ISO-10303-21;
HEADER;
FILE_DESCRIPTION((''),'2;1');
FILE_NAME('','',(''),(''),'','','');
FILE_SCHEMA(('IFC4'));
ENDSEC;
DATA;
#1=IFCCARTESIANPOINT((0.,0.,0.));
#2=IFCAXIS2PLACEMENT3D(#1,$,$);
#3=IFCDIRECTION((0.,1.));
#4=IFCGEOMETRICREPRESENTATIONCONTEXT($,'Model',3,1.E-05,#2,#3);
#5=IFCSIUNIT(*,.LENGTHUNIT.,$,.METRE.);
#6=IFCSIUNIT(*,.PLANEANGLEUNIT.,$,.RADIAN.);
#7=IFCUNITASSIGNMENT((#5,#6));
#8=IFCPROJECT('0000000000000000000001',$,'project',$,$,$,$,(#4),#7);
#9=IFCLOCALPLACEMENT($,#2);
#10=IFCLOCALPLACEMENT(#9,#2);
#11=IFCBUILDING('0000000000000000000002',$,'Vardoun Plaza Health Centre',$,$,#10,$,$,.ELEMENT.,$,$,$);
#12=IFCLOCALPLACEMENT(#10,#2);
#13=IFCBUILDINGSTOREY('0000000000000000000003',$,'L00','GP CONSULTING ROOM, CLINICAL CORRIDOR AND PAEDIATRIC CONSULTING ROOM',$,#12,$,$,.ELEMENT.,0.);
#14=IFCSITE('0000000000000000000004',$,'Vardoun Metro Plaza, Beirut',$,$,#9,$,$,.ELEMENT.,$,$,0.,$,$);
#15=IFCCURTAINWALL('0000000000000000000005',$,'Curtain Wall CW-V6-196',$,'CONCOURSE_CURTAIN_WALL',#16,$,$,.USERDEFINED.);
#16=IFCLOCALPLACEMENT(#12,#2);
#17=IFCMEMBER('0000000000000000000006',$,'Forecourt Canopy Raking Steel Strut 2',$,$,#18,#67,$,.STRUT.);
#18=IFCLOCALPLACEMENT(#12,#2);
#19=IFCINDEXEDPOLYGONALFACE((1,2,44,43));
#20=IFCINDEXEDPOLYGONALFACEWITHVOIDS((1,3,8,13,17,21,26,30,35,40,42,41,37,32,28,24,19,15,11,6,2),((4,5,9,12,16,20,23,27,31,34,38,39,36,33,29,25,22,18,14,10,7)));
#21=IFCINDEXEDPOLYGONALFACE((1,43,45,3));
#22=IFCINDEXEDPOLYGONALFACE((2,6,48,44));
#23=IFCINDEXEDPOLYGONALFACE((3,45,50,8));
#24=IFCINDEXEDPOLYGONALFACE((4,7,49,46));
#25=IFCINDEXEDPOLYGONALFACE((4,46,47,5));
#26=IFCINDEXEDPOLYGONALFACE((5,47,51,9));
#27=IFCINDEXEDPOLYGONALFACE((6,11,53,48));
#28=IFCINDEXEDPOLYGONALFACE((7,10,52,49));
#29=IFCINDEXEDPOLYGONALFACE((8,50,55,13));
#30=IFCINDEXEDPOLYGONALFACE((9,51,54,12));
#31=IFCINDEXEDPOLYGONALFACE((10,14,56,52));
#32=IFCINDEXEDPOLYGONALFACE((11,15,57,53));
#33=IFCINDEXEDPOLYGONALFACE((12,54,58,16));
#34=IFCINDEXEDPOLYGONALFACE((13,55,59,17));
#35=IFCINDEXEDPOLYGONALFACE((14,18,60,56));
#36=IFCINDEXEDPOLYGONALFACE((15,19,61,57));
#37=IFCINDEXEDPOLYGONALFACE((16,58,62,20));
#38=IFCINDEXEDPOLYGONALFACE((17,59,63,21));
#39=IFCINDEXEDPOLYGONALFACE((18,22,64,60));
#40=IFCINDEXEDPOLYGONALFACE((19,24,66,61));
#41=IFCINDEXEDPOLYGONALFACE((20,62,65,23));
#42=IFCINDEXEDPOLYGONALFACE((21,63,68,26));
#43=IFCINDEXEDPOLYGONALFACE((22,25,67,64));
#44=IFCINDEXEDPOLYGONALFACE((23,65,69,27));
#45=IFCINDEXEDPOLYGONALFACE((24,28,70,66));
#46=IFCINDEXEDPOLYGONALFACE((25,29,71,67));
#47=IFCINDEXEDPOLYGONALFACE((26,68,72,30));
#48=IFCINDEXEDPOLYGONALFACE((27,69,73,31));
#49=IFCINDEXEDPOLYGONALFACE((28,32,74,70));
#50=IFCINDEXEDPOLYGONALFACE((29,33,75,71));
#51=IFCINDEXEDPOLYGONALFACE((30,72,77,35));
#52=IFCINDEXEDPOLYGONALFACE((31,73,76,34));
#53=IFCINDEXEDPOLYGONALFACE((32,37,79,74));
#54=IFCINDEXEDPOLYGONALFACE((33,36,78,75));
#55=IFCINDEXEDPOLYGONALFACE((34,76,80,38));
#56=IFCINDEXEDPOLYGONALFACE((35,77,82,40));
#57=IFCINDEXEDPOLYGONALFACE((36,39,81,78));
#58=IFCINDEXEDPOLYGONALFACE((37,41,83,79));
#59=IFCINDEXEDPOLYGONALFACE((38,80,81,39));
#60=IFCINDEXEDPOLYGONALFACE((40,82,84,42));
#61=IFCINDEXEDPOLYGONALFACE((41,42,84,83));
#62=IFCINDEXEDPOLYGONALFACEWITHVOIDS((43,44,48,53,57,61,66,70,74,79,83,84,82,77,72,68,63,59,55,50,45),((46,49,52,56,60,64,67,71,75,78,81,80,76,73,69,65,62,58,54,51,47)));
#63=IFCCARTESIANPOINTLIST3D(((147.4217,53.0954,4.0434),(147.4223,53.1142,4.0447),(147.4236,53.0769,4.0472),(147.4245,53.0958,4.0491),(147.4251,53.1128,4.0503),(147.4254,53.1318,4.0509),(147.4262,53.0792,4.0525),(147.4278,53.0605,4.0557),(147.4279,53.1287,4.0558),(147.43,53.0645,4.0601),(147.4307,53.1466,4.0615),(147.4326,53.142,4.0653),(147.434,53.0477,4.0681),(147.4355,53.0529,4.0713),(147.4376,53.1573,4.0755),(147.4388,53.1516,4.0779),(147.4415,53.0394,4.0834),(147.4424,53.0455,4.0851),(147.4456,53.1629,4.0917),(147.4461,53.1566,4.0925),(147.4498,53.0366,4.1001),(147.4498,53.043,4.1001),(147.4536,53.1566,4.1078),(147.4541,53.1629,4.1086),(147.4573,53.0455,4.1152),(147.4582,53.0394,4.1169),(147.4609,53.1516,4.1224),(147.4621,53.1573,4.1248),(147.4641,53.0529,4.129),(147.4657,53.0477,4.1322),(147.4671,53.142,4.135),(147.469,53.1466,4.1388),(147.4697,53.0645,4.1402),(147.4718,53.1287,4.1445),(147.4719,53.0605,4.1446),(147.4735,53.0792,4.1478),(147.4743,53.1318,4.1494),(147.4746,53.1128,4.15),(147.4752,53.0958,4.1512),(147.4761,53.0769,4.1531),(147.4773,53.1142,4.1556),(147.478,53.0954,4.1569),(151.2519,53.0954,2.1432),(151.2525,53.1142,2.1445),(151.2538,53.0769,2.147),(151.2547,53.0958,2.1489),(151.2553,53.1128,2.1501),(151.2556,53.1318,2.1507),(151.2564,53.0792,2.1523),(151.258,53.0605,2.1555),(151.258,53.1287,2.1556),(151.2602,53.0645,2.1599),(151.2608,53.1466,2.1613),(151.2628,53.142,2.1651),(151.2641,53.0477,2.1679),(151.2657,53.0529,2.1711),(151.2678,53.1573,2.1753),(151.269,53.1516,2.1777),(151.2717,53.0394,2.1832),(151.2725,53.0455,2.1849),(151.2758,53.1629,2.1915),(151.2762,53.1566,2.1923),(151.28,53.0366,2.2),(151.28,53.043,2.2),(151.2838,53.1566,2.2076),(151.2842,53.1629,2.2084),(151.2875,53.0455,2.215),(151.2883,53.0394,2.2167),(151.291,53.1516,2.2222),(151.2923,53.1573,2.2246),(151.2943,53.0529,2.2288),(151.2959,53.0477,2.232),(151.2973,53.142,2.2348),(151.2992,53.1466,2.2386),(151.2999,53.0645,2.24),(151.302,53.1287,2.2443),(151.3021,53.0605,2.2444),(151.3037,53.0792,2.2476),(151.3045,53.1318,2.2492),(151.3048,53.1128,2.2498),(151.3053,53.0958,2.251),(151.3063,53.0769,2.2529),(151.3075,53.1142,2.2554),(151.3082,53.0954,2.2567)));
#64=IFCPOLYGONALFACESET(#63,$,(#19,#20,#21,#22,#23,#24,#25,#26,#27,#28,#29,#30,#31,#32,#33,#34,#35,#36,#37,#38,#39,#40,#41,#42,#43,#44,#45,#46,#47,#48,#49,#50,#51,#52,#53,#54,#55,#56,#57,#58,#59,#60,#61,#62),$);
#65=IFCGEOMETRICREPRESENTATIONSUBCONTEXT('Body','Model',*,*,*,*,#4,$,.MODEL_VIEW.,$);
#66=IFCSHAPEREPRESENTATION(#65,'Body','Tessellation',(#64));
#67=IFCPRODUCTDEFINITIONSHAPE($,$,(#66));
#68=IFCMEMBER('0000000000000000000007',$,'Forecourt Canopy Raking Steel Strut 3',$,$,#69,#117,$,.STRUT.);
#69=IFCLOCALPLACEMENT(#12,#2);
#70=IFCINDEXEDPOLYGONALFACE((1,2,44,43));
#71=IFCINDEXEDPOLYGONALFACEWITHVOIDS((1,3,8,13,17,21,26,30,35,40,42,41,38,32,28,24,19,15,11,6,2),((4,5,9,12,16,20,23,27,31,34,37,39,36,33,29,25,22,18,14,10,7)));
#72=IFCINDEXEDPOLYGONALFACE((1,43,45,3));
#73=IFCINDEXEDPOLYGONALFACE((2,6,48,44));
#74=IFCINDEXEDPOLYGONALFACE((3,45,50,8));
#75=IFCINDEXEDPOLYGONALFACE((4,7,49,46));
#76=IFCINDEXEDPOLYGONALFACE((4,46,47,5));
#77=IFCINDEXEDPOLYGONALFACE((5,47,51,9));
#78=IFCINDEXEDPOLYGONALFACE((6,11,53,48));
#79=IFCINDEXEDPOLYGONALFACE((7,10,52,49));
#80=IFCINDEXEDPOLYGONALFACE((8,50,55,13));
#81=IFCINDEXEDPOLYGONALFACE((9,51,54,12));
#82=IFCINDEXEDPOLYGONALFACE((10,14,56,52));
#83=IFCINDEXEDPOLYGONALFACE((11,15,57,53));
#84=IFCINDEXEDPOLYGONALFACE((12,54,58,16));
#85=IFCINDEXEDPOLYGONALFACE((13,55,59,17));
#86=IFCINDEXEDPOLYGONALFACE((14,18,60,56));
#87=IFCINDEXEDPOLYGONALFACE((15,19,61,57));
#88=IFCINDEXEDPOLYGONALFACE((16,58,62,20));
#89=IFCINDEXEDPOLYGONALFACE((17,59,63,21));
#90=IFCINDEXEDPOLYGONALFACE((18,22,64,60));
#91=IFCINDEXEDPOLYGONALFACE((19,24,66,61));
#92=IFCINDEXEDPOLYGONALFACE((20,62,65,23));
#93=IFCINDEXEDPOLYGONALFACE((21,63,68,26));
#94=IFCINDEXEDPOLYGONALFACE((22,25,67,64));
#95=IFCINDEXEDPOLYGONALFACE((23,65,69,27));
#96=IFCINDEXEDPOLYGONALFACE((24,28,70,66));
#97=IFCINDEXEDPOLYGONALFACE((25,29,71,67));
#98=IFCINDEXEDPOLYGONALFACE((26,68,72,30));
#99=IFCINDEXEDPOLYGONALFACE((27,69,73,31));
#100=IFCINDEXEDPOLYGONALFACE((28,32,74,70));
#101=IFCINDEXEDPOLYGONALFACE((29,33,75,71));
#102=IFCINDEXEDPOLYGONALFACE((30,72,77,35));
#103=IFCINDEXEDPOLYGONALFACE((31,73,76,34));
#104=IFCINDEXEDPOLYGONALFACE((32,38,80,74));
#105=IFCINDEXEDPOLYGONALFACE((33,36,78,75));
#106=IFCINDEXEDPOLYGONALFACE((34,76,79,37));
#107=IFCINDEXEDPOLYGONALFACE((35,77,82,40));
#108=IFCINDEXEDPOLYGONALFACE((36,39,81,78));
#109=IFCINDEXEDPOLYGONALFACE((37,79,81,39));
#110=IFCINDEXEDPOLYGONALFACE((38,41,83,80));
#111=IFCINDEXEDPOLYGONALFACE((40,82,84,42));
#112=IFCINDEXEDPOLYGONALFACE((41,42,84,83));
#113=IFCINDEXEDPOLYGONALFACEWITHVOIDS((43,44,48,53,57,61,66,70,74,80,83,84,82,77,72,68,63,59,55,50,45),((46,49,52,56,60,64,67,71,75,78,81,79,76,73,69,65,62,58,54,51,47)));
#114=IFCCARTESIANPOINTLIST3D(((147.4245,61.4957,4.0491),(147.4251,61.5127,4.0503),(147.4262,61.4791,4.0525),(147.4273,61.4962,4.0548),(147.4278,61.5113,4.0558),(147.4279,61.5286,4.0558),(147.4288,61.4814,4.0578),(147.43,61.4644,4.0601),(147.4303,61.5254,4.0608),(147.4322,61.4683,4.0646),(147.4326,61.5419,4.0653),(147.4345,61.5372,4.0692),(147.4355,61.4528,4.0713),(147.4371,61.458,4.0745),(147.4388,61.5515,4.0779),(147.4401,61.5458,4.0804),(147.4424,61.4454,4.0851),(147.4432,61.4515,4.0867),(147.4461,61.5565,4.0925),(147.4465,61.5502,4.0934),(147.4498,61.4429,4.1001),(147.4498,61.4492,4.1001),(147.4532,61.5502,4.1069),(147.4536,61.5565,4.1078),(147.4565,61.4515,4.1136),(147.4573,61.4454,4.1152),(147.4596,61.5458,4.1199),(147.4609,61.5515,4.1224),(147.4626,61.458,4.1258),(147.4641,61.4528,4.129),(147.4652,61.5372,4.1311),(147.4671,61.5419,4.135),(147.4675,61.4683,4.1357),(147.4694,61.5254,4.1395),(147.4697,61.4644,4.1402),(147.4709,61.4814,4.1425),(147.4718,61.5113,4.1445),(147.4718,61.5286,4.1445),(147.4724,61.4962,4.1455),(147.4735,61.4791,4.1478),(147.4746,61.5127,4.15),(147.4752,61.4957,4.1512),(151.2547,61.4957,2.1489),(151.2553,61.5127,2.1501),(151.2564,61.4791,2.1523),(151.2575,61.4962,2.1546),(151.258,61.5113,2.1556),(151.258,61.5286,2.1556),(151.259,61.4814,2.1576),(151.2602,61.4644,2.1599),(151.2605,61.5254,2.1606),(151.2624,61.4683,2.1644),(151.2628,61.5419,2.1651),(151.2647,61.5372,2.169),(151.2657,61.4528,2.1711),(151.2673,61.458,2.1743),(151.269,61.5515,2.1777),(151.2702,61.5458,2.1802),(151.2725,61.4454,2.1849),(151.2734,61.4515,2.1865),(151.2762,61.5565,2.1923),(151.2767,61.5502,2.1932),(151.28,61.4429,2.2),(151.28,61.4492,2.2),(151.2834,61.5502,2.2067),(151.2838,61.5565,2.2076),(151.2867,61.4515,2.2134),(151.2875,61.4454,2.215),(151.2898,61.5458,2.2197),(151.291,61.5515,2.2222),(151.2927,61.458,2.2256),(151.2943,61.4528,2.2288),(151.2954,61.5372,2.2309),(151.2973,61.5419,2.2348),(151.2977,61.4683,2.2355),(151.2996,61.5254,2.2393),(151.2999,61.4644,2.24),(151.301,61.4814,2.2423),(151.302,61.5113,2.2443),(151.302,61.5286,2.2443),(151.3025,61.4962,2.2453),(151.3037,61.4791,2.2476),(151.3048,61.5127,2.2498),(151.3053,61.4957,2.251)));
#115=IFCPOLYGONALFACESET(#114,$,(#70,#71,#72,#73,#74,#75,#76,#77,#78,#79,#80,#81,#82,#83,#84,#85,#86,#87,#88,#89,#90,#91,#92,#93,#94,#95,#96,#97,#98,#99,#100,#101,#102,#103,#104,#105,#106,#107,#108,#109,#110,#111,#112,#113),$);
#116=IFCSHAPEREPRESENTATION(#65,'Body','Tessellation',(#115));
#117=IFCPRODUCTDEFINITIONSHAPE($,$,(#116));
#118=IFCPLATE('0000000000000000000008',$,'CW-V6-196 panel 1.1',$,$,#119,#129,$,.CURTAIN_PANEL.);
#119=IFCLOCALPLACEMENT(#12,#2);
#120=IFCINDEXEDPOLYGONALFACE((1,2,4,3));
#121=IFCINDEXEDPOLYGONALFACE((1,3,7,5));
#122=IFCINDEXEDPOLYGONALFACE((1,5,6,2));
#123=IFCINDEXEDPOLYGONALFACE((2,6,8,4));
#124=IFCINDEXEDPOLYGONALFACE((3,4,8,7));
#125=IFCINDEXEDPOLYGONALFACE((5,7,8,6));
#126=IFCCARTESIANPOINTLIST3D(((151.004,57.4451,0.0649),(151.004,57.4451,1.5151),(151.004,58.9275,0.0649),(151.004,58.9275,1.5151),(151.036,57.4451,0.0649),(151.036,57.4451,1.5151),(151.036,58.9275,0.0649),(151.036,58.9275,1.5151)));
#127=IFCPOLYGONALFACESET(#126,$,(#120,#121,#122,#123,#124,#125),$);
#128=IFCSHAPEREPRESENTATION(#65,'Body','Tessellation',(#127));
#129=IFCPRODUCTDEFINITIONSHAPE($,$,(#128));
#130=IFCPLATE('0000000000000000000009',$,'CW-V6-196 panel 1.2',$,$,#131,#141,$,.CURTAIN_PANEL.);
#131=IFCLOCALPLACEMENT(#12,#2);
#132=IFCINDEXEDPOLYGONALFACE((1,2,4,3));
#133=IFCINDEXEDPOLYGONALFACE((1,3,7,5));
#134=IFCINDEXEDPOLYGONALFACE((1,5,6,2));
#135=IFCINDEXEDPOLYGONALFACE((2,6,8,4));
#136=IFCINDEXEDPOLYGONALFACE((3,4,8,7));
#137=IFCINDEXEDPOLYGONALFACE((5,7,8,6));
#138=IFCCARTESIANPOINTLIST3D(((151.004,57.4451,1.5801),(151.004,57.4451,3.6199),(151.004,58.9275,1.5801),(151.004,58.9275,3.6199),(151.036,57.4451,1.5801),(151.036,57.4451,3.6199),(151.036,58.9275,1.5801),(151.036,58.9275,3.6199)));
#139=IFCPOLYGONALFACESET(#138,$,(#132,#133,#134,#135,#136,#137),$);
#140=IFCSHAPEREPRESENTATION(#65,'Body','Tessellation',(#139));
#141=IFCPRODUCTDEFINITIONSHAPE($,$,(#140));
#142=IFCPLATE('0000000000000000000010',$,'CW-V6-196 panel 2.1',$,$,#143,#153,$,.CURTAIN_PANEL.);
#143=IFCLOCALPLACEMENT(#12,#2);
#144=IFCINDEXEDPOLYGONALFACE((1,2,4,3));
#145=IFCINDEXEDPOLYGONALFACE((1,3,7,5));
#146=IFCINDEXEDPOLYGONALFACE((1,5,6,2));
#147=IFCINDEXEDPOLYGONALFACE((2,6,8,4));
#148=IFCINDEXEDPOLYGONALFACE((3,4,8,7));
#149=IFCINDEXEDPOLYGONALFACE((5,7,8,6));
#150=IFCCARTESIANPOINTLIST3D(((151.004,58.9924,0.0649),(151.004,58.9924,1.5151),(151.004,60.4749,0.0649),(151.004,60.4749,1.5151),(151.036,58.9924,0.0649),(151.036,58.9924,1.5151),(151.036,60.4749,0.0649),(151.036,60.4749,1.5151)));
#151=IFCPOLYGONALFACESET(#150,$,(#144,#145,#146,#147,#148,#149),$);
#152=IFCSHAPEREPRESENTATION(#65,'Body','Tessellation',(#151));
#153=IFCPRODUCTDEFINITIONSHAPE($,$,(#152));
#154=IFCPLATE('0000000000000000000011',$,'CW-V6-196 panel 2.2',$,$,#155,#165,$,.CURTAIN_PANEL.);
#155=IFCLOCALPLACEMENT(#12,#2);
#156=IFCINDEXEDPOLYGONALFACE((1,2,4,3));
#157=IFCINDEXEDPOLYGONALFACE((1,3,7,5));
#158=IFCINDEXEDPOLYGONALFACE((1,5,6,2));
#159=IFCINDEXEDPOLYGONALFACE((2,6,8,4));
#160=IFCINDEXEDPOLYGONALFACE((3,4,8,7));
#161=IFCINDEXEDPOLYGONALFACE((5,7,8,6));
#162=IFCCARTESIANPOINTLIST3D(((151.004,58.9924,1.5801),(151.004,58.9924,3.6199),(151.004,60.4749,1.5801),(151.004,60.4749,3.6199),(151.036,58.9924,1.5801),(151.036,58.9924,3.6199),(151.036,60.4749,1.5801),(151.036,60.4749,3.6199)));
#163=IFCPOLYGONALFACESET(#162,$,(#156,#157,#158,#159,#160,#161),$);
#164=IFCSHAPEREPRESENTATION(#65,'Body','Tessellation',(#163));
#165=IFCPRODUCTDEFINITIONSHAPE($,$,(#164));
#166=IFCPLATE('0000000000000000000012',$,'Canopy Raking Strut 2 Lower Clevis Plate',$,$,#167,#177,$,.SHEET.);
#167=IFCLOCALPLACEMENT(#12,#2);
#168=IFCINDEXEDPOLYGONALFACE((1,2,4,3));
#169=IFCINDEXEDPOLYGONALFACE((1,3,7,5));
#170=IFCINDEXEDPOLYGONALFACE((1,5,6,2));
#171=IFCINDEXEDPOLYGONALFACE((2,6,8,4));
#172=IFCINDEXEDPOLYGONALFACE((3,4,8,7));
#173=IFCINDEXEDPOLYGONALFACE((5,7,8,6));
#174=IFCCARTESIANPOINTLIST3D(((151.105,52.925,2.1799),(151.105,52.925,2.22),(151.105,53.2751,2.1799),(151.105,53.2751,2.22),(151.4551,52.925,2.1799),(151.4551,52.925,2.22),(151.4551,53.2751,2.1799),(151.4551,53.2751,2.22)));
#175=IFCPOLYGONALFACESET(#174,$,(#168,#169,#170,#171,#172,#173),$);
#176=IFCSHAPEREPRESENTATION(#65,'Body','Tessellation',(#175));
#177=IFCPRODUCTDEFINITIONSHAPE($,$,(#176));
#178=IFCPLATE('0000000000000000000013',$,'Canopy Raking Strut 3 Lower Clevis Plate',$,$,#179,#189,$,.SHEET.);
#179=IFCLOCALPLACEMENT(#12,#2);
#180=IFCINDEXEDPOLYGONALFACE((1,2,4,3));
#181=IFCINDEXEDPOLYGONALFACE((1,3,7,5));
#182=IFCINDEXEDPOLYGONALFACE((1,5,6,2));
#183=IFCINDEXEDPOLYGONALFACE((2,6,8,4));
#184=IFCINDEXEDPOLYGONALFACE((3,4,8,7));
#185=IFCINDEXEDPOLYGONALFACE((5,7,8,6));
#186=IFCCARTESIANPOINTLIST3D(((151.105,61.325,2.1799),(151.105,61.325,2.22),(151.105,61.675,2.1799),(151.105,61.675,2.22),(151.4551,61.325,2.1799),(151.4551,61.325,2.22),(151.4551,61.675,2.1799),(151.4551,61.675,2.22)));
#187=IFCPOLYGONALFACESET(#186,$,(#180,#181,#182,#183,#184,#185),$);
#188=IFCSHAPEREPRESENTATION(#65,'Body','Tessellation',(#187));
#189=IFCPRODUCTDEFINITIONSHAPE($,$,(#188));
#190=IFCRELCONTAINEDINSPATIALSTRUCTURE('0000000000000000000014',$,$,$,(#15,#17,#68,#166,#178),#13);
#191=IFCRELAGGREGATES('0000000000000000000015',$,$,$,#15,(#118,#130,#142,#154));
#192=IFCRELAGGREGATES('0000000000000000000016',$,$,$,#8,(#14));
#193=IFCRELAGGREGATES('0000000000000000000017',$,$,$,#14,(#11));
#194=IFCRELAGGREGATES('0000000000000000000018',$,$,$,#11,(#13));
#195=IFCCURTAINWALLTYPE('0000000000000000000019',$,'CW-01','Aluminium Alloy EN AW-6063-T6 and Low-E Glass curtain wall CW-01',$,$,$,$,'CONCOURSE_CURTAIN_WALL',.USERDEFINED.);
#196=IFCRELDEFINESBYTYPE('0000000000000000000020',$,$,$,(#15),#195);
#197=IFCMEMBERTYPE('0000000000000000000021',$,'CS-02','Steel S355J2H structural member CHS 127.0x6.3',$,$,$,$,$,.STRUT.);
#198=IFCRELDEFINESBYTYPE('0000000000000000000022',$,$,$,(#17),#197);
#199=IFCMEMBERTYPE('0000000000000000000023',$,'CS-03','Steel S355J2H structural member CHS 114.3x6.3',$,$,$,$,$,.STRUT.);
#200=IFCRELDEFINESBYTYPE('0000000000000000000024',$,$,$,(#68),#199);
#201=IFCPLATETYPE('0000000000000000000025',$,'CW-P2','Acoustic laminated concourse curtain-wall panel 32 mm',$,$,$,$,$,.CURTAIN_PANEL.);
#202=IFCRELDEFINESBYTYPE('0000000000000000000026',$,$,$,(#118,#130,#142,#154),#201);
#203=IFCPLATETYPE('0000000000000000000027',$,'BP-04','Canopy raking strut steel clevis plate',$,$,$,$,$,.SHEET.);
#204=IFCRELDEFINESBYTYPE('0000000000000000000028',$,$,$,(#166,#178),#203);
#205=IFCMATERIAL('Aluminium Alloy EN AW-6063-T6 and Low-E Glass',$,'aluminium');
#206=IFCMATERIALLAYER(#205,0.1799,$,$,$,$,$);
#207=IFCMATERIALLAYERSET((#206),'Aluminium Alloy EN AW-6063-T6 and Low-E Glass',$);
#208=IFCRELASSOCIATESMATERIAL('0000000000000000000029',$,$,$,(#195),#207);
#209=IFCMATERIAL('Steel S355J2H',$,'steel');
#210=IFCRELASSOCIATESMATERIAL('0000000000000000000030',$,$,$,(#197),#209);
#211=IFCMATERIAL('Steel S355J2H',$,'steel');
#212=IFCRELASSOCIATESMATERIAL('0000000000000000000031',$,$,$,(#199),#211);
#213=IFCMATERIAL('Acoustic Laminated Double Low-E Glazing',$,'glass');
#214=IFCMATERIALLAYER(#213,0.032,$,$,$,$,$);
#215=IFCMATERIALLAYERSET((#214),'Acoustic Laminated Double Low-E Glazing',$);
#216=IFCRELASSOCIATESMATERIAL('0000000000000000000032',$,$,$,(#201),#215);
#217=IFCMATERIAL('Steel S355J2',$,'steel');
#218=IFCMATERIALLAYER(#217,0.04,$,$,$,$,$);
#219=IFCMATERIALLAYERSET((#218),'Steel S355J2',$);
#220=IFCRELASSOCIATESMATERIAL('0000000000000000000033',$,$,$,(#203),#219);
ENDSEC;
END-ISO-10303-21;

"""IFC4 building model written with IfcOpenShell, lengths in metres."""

from ifc_helpers import new_model, si_unit, direction, frame, origin, origin_2d, place, context, subcontext, project, spatial, rectangle, hollow_circle, extrude, material, layer, layer_set, material_profile, profile_set, type_object, element, aggregate, save


model = new_model("IFC4")

# Units and contexts
model_context = context("Model", 3, precision=1e-05, world=origin(), true_north=direction((0.0, 1.0)))
body_context = subcontext(model_context, "Body", "Model", "MODEL_VIEW")
ifc_project = project(units=[si_unit("LENGTHUNIT", "METRE"), si_unit("PLANEANGLEUNIT", "RADIAN")], contexts=[model_context])

# Site, building, storey
site_placement = place(None, origin())
site = spatial("IfcSite", under=ifc_project, at=site_placement, Name="Vardoun Metro Plaza, Beirut", CompositionType="ELEMENT", RefElevation=0.0)
building_placement = place(site_placement, origin())
building = spatial("IfcBuilding", under=site, at=building_placement, Name="Vardoun Plaza Health Centre", CompositionType="ELEMENT")
storey_placement = place(building_placement, origin())
storey = spatial("IfcBuildingStorey", under=building, at=storey_placement, Name="L00", Description="GP CONSULTING ROOM, CLINICAL CORRIDOR AND PAEDIATRIC CONSULTING ROOM", CompositionType="ELEMENT", Elevation=0.0)

# Curtain wall
ifc_material_1 = material(Name="Aluminium Alloy EN AW-6063-T6 and Low-E Glass", Category="aluminium")
ifc_layer_1 = layer(ifc_material_1, 0.1799)
ifc_layer_set_1 = layer_set([ifc_layer_1], Name="Aluminium Alloy EN AW-6063-T6 and Low-E Glass")
curtain_wall_type = type_object("IfcCurtainWallType", Name="CW-01", Description="Aluminium Alloy EN AW-6063-T6 and Low-E Glass curtain wall CW-01", ElementType="CONCOURSE_CURTAIN_WALL", PredefinedType="USERDEFINED", material=ifc_layer_set_1)
curtain_wall_placement = place(storey_placement, origin())
curtain_wall = element("IfcCurtainWall", 1, at=curtain_wall_placement, inside=storey, type_object=curtain_wall_type, Name="Curtain Wall CW-V6-196", ObjectType="CONCOURSE_CURTAIN_WALL", PredefinedType="USERDEFINED")

# Members
ifc_material_2 = material(Name="Steel S355J2H", Category="steel")
ifc_material_profile_1 = material_profile(ifc_material_2, hollow_circle(Radius=0.0635, WallThickness=0.0063, at=origin_2d()), Name="CHS 127.0x6.3")
ifc_profile_set_1 = profile_set([ifc_material_profile_1], Name="Steel S355J2H")
member_type_1 = type_object("IfcMemberType", Name="CS-02", Description="Steel S355J2H structural member CHS 127.0x6.3", PredefinedType="STRUT", material=ifc_profile_set_1)
member_1_placement = place(storey_placement, frame((151.28, 53.1001, 2.2), z_axis=(-0.895816, 0.0, 0.444425), x_axis=(0.0, -1.0, 0.0)))
element("IfcMember", 2, at=member_1_placement, inside=storey, type_object=member_type_1, Name="Forecourt Canopy Raking Steel Strut 2", PredefinedType="STRUT", context=body_context, shape_type="SweptSolid", body=[
    extrude(hollow_circle(Radius=0.0635, WallThickness=0.0063, at=origin_2d()), origin(), (0.0, 0.0, 1.0), 4.2756),
])
ifc_material_3 = material(Name="Steel S355J2H", Category="steel")
ifc_material_profile_2 = material_profile(ifc_material_3, hollow_circle(Radius=0.0571, WallThickness=0.0063, at=origin_2d()), Name="CHS 114.3x6.3")
ifc_profile_set_2 = profile_set([ifc_material_profile_2], Name="Steel S355J2H")
member_type_2 = type_object("IfcMemberType", Name="CS-03", Description="Steel S355J2H structural member CHS 114.3x6.3", PredefinedType="STRUT", material=ifc_profile_set_2)
member_2_placement = place(storey_placement, frame((151.28, 61.5, 2.2), z_axis=(-0.895816, 0.0, 0.444425), x_axis=(0.0, -1.0, 0.0)))
element("IfcMember", 3, at=member_2_placement, inside=storey, type_object=member_type_2, Name="Forecourt Canopy Raking Steel Strut 3", PredefinedType="STRUT", context=body_context, shape_type="SweptSolid", body=[
    extrude(hollow_circle(Radius=0.0571, WallThickness=0.0063, at=origin_2d()), origin(), (0.0, 0.0, 1.0), 4.2756),
])

# Plates
ifc_material_4 = material(Name="Acoustic Laminated Double Low-E Glazing", Category="glass")
ifc_layer_2 = layer(ifc_material_4, 0.032)
ifc_layer_set_2 = layer_set([ifc_layer_2], Name="Acoustic Laminated Double Low-E Glazing")
plate_type_1 = type_object("IfcPlateType", Name="CW-P2", Description="Acoustic laminated concourse curtain-wall panel 32 mm", PredefinedType="CURTAIN_PANEL", material=ifc_layer_set_2)
plate_1_placement = place(storey_placement, frame((151.02, 58.1863, 0.0649), z_axis=(0.0, 0.0, 1.0), x_axis=(0.0, 1.0, 0.0)))
plate_1 = element("IfcPlate", 4, at=plate_1_placement, type_object=plate_type_1, Name="CW-V6-196 panel 1.1", PredefinedType="CURTAIN_PANEL", context=body_context, shape_type="SweptSolid", body=[
    extrude(rectangle(XDim=1.4824, YDim=0.032, at=origin_2d()), origin(), (0.0, 0.0, 1.0), 1.4502),
])
plate_2_placement = place(storey_placement, frame((151.02, 58.1863, 1.5801), z_axis=(0.0, 0.0, 1.0), x_axis=(0.0, 1.0, 0.0)))
plate_2 = element("IfcPlate", 5, at=plate_2_placement, type_object=plate_type_1, Name="CW-V6-196 panel 1.2", PredefinedType="CURTAIN_PANEL", context=body_context, shape_type="SweptSolid", body=[
    extrude(rectangle(XDim=1.4824, YDim=0.032, at=origin_2d()), origin(), (0.0, 0.0, 1.0), 2.0398),
])
plate_3_placement = place(storey_placement, frame((151.02, 59.7336, 0.0649), z_axis=(0.0, 0.0, 1.0), x_axis=(0.0, 1.0, 0.0)))
plate_3 = element("IfcPlate", 6, at=plate_3_placement, type_object=plate_type_1, Name="CW-V6-196 panel 2.1", PredefinedType="CURTAIN_PANEL", context=body_context, shape_type="SweptSolid", body=[
    extrude(rectangle(XDim=1.4824, YDim=0.032, at=origin_2d()), origin(), (0.0, 0.0, 1.0), 1.4502),
])
plate_4_placement = place(storey_placement, frame((151.02, 59.7336, 1.5801), z_axis=(0.0, 0.0, 1.0), x_axis=(0.0, 1.0, 0.0)))
plate_4 = element("IfcPlate", 7, at=plate_4_placement, type_object=plate_type_1, Name="CW-V6-196 panel 2.2", PredefinedType="CURTAIN_PANEL", context=body_context, shape_type="SweptSolid", body=[
    extrude(rectangle(XDim=1.4824, YDim=0.032, at=origin_2d()), origin(), (0.0, 0.0, 1.0), 2.0398),
])
aggregate(curtain_wall, [plate_1, plate_2, plate_3, plate_4])

# Plates
ifc_material_5 = material(Name="Steel S355J2", Category="steel")
ifc_layer_3 = layer(ifc_material_5, 0.04)
ifc_layer_set_3 = layer_set([ifc_layer_3], Name="Steel S355J2")
plate_type_2 = type_object("IfcPlateType", Name="BP-04", Description="Canopy raking strut steel clevis plate", PredefinedType="SHEET", material=ifc_layer_set_3)
for number, where, z_axis, x_axis, name in (
    (8, (151.28, 53.1001, 2.1799), (0.0, 0.0, 1.0), (1.0, 0.0, 0.0), "Canopy Raking Strut 2 Lower Clevis Plate"),
    (9, (151.28, 61.5, 2.1799), (0.0, 0.0, 1.0), (1.0, 0.0, 0.0), "Canopy Raking Strut 3 Lower Clevis Plate"),
):
    element("IfcPlate", number, at=place(storey_placement, frame(where, z_axis=z_axis, x_axis=x_axis)), inside=storey, type_object=plate_type_2, Name=name, PredefinedType="SHEET", context=body_context, shape_type="SweptSolid", body=[
        extrude(rectangle(XDim=0.3501, YDim=0.3501, at=origin_2d()), origin(), (0.0, 0.0, 1.0), 0.04),
    ])

save(model, "model.ifc")
